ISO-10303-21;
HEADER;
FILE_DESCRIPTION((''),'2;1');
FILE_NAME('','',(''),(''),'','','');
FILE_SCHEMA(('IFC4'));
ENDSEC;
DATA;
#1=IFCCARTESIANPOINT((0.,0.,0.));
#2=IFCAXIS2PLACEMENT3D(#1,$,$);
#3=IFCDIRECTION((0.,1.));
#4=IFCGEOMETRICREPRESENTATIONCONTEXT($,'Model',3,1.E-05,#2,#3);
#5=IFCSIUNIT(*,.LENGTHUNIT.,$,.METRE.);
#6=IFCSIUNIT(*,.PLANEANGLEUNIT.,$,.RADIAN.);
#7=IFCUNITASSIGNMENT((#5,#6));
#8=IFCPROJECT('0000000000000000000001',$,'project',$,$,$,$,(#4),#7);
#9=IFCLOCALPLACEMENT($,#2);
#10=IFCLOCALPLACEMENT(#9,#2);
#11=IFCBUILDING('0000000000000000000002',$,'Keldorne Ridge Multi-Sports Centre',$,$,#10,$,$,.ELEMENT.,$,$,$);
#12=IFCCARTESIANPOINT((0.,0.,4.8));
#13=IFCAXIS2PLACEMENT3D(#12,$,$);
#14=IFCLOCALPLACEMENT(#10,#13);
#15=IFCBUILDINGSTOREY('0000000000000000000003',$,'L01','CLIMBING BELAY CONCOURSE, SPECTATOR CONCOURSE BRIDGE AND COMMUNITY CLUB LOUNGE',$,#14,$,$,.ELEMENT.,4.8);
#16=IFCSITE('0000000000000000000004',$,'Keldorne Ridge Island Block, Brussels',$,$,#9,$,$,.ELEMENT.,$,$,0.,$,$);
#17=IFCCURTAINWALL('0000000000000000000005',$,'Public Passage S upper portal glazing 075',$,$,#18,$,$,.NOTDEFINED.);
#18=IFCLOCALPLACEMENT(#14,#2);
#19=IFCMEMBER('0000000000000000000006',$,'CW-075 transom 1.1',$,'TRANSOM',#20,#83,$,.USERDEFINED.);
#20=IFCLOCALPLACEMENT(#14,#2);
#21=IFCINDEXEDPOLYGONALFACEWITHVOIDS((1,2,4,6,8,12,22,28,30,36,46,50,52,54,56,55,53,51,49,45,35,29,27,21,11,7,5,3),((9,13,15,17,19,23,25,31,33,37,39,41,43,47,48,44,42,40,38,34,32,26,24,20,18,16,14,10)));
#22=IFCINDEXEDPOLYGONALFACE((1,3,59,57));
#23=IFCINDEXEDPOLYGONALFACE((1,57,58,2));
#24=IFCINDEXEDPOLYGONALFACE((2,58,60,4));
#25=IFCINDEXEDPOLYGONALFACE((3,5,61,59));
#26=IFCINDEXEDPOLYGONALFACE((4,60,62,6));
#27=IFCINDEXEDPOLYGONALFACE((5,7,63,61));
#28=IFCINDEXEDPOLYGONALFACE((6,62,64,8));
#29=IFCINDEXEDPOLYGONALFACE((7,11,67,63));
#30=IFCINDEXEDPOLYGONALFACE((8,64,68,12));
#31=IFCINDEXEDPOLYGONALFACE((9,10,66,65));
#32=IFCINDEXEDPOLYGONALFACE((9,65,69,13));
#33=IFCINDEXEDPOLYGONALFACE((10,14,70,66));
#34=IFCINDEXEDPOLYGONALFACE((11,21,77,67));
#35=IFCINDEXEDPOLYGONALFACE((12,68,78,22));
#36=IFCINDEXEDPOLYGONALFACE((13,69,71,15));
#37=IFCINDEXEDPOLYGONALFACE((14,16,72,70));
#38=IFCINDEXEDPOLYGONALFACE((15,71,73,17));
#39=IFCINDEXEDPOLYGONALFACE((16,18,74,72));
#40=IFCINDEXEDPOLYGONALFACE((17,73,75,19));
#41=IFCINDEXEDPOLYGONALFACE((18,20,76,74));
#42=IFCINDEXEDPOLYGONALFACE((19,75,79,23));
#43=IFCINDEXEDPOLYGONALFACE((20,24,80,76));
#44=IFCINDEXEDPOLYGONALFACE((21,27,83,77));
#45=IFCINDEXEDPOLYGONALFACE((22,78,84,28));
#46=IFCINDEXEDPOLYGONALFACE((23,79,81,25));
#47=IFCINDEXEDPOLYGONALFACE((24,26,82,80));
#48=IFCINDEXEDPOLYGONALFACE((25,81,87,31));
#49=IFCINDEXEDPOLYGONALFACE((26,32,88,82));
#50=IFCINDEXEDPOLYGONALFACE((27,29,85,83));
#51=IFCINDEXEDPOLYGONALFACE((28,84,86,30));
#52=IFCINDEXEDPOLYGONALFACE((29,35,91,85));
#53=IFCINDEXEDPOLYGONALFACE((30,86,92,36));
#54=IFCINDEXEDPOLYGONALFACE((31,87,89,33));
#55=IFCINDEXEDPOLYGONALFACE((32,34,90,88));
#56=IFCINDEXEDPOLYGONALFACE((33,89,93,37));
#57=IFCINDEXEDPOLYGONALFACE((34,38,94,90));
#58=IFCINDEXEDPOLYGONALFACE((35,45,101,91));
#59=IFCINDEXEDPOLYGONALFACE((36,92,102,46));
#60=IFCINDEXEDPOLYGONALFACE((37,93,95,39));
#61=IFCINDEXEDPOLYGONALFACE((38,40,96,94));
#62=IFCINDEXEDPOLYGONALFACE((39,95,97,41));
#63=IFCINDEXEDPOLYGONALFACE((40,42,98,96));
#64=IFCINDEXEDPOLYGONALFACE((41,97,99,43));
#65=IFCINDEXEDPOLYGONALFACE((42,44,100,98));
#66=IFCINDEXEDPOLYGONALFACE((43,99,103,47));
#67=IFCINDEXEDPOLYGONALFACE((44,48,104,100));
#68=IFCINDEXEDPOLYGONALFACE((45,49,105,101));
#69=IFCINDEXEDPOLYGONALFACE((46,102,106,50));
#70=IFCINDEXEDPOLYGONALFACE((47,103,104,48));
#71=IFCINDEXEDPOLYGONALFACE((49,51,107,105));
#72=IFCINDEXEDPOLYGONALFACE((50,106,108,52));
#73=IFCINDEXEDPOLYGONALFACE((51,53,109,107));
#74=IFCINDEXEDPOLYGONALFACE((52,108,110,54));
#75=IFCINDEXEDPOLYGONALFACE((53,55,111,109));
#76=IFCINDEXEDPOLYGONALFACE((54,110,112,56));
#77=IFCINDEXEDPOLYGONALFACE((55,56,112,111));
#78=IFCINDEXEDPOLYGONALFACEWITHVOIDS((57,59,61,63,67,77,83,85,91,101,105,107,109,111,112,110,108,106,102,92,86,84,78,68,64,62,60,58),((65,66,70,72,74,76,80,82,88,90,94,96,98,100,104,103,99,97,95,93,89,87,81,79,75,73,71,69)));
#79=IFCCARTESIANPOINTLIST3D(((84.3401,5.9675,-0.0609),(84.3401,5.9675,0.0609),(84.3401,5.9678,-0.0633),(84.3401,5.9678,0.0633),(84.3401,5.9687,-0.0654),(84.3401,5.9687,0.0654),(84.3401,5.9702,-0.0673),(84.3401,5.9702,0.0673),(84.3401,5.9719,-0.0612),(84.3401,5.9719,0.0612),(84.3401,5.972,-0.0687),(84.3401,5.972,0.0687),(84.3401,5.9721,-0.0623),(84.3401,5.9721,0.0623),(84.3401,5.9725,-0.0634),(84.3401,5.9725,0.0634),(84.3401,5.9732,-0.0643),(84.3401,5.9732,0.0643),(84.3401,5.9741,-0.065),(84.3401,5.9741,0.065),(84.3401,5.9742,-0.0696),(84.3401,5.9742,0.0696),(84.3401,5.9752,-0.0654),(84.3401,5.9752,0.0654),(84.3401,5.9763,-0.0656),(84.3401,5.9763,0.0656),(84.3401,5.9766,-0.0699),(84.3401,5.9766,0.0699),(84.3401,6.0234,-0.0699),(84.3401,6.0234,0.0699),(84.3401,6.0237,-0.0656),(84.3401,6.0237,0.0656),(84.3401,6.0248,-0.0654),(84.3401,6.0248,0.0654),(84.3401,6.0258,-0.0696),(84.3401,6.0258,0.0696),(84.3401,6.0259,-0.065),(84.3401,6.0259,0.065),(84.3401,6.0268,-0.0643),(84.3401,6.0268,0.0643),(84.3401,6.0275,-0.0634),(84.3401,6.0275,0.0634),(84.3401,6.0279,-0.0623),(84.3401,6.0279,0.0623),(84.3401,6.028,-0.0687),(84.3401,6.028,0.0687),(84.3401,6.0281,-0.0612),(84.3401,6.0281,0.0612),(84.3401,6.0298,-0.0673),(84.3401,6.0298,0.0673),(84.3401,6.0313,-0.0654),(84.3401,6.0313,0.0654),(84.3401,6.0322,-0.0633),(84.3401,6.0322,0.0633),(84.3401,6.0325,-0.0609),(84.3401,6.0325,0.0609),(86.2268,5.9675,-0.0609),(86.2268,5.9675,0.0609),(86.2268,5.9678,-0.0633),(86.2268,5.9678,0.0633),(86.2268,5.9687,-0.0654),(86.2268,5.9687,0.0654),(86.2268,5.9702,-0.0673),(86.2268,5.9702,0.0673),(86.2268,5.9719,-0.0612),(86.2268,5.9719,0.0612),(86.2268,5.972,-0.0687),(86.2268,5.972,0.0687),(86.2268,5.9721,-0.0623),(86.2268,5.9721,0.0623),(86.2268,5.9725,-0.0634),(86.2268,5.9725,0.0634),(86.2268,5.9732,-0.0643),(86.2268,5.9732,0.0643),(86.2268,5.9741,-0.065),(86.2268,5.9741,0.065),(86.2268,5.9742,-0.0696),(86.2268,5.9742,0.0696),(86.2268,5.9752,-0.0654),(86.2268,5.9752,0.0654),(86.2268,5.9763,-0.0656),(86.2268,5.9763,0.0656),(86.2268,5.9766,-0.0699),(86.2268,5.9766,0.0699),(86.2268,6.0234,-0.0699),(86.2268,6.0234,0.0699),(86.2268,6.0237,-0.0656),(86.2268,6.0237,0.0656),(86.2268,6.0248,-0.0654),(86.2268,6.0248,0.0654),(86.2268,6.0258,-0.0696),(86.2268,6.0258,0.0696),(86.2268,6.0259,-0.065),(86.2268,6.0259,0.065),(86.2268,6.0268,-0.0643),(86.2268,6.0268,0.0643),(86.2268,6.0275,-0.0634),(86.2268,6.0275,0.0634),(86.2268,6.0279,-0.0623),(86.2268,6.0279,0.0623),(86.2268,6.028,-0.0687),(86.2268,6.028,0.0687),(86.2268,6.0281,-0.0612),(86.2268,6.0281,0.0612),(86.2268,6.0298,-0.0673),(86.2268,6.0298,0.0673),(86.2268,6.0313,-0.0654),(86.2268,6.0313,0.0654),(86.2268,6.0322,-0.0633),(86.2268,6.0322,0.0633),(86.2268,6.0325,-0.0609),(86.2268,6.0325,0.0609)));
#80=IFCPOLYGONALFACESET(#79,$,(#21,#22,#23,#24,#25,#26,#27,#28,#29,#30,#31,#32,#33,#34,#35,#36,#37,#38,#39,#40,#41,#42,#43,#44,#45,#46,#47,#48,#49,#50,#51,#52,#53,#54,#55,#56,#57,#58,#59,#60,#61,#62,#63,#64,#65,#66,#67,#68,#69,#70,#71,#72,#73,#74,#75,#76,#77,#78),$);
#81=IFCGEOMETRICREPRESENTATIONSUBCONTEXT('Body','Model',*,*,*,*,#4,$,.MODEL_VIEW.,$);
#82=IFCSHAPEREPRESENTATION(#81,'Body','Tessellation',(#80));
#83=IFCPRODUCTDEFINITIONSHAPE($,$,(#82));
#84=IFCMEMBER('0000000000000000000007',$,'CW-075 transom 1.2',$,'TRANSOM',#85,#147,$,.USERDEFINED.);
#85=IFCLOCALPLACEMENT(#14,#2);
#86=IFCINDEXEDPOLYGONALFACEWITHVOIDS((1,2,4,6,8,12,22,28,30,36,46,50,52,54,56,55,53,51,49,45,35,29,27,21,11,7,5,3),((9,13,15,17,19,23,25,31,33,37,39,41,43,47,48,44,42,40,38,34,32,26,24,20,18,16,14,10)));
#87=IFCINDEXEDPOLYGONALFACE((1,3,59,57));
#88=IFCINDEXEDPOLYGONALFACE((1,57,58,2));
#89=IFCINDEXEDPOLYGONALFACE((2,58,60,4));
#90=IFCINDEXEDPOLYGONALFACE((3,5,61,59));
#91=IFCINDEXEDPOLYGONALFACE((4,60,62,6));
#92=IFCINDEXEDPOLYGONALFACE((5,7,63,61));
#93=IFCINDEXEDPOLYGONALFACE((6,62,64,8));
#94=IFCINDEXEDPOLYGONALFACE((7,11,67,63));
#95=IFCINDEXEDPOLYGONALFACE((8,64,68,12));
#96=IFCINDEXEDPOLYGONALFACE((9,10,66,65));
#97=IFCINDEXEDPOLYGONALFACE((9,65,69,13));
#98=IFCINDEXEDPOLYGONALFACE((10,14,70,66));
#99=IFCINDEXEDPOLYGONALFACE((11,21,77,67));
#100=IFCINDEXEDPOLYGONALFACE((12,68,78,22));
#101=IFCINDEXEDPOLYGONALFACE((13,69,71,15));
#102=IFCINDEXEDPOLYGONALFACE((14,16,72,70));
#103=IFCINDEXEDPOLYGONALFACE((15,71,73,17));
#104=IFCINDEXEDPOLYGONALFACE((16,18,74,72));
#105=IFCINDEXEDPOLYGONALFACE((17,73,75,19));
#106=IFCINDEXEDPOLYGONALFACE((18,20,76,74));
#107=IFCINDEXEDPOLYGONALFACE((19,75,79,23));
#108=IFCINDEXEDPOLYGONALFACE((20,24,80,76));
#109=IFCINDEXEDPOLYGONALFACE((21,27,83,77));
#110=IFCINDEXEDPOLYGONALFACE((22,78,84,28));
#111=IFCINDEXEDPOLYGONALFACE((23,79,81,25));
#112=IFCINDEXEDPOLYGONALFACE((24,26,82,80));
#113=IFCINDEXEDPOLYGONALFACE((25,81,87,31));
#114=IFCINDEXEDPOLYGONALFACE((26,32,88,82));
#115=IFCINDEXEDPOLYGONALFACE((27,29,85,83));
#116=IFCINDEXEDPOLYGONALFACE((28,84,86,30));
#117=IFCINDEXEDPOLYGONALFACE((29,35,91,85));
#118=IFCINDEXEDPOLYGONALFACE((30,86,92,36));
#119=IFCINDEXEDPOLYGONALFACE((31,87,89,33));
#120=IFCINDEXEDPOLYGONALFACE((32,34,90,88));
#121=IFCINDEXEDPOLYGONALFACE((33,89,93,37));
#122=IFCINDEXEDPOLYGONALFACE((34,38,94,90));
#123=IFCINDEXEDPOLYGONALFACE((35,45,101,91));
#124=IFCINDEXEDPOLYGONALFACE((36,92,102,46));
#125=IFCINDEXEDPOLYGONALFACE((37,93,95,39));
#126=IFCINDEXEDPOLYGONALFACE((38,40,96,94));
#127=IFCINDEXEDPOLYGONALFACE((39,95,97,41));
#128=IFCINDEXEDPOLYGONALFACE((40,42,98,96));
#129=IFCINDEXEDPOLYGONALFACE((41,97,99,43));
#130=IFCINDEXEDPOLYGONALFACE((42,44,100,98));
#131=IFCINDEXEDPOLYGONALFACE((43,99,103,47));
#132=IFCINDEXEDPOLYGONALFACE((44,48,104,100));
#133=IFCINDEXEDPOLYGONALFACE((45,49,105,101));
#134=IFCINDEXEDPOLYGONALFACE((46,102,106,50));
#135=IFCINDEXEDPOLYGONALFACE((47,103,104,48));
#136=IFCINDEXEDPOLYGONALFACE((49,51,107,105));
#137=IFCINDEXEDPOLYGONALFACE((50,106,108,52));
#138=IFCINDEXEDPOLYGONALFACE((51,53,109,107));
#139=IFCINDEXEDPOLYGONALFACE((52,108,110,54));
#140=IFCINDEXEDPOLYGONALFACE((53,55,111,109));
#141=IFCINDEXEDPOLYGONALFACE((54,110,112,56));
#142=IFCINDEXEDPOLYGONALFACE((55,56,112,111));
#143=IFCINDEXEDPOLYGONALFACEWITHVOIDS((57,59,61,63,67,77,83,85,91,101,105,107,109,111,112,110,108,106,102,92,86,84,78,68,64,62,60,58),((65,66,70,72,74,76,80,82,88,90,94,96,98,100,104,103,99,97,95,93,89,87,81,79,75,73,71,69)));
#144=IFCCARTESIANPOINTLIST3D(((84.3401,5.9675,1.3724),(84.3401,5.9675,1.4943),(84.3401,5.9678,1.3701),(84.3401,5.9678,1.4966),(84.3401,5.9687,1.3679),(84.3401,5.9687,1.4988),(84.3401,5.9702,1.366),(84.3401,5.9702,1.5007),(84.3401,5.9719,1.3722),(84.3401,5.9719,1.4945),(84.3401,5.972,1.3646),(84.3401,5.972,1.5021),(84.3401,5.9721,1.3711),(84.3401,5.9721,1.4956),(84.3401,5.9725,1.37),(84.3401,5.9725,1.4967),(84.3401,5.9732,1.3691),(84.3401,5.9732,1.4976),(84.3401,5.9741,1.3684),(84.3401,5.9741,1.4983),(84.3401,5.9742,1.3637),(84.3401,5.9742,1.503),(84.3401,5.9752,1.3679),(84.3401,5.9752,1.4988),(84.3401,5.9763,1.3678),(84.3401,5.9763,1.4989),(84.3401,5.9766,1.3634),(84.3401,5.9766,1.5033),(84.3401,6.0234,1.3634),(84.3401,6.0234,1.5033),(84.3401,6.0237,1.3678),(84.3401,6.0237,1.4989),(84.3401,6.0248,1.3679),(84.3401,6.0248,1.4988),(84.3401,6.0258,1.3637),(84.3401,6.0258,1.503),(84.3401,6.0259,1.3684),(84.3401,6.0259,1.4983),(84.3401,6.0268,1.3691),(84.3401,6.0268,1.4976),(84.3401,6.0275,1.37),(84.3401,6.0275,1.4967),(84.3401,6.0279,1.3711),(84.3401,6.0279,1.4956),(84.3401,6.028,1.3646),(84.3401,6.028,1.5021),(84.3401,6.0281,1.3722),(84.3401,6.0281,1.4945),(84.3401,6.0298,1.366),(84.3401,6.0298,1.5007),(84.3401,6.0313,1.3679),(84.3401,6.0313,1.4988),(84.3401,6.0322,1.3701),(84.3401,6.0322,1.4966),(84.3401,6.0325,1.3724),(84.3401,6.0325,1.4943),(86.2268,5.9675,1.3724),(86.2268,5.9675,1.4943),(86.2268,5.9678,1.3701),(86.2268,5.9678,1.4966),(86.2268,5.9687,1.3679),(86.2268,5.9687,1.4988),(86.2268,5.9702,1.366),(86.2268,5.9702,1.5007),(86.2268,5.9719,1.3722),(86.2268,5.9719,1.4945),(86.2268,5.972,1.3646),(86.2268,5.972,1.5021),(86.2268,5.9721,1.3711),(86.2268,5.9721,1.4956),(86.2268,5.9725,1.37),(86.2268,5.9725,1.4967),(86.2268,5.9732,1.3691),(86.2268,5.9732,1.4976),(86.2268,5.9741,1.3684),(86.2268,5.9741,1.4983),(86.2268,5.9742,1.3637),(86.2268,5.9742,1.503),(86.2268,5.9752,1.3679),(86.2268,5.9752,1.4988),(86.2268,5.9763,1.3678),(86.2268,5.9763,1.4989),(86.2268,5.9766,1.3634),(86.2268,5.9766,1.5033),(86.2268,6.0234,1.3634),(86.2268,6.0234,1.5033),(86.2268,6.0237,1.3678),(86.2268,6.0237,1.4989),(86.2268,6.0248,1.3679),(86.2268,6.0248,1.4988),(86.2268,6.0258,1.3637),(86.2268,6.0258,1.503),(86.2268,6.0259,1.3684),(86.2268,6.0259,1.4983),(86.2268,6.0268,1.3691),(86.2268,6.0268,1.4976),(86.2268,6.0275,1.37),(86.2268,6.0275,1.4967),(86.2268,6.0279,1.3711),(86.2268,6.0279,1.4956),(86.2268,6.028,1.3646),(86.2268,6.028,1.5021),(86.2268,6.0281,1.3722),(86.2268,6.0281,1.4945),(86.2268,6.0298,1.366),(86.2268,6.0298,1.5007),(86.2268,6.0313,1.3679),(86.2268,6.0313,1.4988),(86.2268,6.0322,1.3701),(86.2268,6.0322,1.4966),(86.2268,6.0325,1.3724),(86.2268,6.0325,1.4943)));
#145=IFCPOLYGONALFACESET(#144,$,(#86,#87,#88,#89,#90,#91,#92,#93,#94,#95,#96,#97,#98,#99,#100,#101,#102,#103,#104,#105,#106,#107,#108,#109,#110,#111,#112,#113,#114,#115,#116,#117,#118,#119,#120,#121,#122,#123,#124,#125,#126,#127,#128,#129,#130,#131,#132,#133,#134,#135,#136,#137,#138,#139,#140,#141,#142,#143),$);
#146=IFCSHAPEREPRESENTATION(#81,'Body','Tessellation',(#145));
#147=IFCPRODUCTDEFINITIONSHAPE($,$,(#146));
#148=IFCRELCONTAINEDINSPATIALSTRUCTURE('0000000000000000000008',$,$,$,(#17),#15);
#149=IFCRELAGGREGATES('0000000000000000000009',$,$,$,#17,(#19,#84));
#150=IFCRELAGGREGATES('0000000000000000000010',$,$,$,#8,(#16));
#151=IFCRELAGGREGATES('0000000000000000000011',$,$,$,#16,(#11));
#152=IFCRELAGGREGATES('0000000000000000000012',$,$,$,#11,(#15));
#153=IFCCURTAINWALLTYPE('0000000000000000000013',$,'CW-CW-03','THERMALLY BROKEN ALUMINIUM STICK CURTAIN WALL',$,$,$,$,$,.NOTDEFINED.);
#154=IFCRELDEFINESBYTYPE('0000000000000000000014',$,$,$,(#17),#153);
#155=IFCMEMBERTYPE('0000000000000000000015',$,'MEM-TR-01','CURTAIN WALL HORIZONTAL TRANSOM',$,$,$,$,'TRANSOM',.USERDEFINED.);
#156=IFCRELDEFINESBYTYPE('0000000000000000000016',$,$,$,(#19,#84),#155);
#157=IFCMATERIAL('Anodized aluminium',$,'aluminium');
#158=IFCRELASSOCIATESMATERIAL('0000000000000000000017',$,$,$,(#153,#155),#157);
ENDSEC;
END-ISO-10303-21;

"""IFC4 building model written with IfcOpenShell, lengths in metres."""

from ifc_helpers import new_model, si_unit, direction, frame, origin, origin_2d, place, context, subcontext, project, spatial, hollow_rectangle, extrude, material, material_profile, profile_set, type_object, element, aggregate, save


model = new_model("IFC4")

# Units and contexts
model_context = context("Model", 3, precision=1e-05, world=origin(), true_north=direction((0.0, 1.0)))
body_context = subcontext(model_context, "Body", "Model", "MODEL_VIEW")
ifc_project = project(units=[si_unit("LENGTHUNIT", "METRE"), si_unit("PLANEANGLEUNIT", "RADIAN")], contexts=[model_context])

# Site, building, storey
site_placement = place(None, origin())
site = spatial("IfcSite", under=ifc_project, at=site_placement, Name="Keldorne Ridge Island Block, Brussels", CompositionType="ELEMENT", RefElevation=0.0)
building_placement = place(site_placement, origin())
building = spatial("IfcBuilding", under=site, at=building_placement, Name="Keldorne Ridge Multi-Sports Centre", CompositionType="ELEMENT")
storey_placement = place(building_placement, frame((0.0, 0.0, 4.8)))
storey = spatial("IfcBuildingStorey", under=building, at=storey_placement, Name="L01", Description="CLIMBING BELAY CONCOURSE, SPECTATOR CONCOURSE BRIDGE AND COMMUNITY CLUB LOUNGE", CompositionType="ELEMENT", Elevation=4.8)

# Shared definitions
ifc_material_1 = material(Name="Anodized aluminium", Category="aluminium")

# Curtain wall
curtain_wall_type_1 = type_object("IfcCurtainWallType", Name="CW-CW-03", Description="THERMALLY BROKEN ALUMINIUM STICK CURTAIN WALL", PredefinedType="NOTDEFINED", material=ifc_material_1)
curtain_wall_1_placement = place(storey_placement, origin())
curtain_wall_1 = element("IfcCurtainWall", 1, at=curtain_wall_1_placement, inside=storey, type_object=curtain_wall_type_1, Name="Public Passage S upper portal glazing 075", PredefinedType="NOTDEFINED")

# Members
ifc_material_profile_1 = material_profile(ifc_material_1, hollow_rectangle(XDim=0.0649, YDim=0.1399, WallThickness=0.0044, InnerFilletRadius=0.0044, OuterFilletRadius=0.009, at=origin_2d()), Name="ALU TRANSOM 140x65x4.5")
ifc_profile_set_1 = profile_set([ifc_material_profile_1], Name="Anodized aluminium")
member_type_1 = type_object("IfcMemberType", Name="MEM-TR-01", Description="CURTAIN WALL HORIZONTAL TRANSOM", ElementType="TRANSOM", PredefinedType="USERDEFINED", material=ifc_profile_set_1)
member_1_placement = place(storey_placement, frame((84.3401, 6.0, 0.0), z_axis=(1.0, 0.0, 0.0), x_axis=(0.0, 1.0, 0.0)))
member_1 = element("IfcMember", 2, at=member_1_placement, type_object=member_type_1, Name="CW-075 transom 1.1", ObjectType="TRANSOM", PredefinedType="USERDEFINED", context=body_context, shape_type="SweptSolid", body=[
    extrude(hollow_rectangle(XDim=0.0649, YDim=0.1399, WallThickness=0.0044, InnerFilletRadius=0.0044, OuterFilletRadius=0.009, at=origin_2d()), origin(), (0.0, 0.0, 1.0), 1.8867),
])
member_2_placement = place(storey_placement, frame((84.3401, 6.0, 1.4333), z_axis=(1.0, 0.0, 0.0), x_axis=(0.0, 1.0, 0.0)))
member_2 = element("IfcMember", 3, at=member_2_placement, type_object=member_type_1, Name="CW-075 transom 1.2", ObjectType="TRANSOM", PredefinedType="USERDEFINED", context=body_context, shape_type="SweptSolid", body=[
    extrude(hollow_rectangle(XDim=0.0649, YDim=0.1399, WallThickness=0.0044, InnerFilletRadius=0.0044, OuterFilletRadius=0.009, at=origin_2d()), origin(), (0.0, 0.0, 1.0), 1.8867),
])

aggregate(curtain_wall_1, [member_1, member_2])

save(model, "model.ifc")
